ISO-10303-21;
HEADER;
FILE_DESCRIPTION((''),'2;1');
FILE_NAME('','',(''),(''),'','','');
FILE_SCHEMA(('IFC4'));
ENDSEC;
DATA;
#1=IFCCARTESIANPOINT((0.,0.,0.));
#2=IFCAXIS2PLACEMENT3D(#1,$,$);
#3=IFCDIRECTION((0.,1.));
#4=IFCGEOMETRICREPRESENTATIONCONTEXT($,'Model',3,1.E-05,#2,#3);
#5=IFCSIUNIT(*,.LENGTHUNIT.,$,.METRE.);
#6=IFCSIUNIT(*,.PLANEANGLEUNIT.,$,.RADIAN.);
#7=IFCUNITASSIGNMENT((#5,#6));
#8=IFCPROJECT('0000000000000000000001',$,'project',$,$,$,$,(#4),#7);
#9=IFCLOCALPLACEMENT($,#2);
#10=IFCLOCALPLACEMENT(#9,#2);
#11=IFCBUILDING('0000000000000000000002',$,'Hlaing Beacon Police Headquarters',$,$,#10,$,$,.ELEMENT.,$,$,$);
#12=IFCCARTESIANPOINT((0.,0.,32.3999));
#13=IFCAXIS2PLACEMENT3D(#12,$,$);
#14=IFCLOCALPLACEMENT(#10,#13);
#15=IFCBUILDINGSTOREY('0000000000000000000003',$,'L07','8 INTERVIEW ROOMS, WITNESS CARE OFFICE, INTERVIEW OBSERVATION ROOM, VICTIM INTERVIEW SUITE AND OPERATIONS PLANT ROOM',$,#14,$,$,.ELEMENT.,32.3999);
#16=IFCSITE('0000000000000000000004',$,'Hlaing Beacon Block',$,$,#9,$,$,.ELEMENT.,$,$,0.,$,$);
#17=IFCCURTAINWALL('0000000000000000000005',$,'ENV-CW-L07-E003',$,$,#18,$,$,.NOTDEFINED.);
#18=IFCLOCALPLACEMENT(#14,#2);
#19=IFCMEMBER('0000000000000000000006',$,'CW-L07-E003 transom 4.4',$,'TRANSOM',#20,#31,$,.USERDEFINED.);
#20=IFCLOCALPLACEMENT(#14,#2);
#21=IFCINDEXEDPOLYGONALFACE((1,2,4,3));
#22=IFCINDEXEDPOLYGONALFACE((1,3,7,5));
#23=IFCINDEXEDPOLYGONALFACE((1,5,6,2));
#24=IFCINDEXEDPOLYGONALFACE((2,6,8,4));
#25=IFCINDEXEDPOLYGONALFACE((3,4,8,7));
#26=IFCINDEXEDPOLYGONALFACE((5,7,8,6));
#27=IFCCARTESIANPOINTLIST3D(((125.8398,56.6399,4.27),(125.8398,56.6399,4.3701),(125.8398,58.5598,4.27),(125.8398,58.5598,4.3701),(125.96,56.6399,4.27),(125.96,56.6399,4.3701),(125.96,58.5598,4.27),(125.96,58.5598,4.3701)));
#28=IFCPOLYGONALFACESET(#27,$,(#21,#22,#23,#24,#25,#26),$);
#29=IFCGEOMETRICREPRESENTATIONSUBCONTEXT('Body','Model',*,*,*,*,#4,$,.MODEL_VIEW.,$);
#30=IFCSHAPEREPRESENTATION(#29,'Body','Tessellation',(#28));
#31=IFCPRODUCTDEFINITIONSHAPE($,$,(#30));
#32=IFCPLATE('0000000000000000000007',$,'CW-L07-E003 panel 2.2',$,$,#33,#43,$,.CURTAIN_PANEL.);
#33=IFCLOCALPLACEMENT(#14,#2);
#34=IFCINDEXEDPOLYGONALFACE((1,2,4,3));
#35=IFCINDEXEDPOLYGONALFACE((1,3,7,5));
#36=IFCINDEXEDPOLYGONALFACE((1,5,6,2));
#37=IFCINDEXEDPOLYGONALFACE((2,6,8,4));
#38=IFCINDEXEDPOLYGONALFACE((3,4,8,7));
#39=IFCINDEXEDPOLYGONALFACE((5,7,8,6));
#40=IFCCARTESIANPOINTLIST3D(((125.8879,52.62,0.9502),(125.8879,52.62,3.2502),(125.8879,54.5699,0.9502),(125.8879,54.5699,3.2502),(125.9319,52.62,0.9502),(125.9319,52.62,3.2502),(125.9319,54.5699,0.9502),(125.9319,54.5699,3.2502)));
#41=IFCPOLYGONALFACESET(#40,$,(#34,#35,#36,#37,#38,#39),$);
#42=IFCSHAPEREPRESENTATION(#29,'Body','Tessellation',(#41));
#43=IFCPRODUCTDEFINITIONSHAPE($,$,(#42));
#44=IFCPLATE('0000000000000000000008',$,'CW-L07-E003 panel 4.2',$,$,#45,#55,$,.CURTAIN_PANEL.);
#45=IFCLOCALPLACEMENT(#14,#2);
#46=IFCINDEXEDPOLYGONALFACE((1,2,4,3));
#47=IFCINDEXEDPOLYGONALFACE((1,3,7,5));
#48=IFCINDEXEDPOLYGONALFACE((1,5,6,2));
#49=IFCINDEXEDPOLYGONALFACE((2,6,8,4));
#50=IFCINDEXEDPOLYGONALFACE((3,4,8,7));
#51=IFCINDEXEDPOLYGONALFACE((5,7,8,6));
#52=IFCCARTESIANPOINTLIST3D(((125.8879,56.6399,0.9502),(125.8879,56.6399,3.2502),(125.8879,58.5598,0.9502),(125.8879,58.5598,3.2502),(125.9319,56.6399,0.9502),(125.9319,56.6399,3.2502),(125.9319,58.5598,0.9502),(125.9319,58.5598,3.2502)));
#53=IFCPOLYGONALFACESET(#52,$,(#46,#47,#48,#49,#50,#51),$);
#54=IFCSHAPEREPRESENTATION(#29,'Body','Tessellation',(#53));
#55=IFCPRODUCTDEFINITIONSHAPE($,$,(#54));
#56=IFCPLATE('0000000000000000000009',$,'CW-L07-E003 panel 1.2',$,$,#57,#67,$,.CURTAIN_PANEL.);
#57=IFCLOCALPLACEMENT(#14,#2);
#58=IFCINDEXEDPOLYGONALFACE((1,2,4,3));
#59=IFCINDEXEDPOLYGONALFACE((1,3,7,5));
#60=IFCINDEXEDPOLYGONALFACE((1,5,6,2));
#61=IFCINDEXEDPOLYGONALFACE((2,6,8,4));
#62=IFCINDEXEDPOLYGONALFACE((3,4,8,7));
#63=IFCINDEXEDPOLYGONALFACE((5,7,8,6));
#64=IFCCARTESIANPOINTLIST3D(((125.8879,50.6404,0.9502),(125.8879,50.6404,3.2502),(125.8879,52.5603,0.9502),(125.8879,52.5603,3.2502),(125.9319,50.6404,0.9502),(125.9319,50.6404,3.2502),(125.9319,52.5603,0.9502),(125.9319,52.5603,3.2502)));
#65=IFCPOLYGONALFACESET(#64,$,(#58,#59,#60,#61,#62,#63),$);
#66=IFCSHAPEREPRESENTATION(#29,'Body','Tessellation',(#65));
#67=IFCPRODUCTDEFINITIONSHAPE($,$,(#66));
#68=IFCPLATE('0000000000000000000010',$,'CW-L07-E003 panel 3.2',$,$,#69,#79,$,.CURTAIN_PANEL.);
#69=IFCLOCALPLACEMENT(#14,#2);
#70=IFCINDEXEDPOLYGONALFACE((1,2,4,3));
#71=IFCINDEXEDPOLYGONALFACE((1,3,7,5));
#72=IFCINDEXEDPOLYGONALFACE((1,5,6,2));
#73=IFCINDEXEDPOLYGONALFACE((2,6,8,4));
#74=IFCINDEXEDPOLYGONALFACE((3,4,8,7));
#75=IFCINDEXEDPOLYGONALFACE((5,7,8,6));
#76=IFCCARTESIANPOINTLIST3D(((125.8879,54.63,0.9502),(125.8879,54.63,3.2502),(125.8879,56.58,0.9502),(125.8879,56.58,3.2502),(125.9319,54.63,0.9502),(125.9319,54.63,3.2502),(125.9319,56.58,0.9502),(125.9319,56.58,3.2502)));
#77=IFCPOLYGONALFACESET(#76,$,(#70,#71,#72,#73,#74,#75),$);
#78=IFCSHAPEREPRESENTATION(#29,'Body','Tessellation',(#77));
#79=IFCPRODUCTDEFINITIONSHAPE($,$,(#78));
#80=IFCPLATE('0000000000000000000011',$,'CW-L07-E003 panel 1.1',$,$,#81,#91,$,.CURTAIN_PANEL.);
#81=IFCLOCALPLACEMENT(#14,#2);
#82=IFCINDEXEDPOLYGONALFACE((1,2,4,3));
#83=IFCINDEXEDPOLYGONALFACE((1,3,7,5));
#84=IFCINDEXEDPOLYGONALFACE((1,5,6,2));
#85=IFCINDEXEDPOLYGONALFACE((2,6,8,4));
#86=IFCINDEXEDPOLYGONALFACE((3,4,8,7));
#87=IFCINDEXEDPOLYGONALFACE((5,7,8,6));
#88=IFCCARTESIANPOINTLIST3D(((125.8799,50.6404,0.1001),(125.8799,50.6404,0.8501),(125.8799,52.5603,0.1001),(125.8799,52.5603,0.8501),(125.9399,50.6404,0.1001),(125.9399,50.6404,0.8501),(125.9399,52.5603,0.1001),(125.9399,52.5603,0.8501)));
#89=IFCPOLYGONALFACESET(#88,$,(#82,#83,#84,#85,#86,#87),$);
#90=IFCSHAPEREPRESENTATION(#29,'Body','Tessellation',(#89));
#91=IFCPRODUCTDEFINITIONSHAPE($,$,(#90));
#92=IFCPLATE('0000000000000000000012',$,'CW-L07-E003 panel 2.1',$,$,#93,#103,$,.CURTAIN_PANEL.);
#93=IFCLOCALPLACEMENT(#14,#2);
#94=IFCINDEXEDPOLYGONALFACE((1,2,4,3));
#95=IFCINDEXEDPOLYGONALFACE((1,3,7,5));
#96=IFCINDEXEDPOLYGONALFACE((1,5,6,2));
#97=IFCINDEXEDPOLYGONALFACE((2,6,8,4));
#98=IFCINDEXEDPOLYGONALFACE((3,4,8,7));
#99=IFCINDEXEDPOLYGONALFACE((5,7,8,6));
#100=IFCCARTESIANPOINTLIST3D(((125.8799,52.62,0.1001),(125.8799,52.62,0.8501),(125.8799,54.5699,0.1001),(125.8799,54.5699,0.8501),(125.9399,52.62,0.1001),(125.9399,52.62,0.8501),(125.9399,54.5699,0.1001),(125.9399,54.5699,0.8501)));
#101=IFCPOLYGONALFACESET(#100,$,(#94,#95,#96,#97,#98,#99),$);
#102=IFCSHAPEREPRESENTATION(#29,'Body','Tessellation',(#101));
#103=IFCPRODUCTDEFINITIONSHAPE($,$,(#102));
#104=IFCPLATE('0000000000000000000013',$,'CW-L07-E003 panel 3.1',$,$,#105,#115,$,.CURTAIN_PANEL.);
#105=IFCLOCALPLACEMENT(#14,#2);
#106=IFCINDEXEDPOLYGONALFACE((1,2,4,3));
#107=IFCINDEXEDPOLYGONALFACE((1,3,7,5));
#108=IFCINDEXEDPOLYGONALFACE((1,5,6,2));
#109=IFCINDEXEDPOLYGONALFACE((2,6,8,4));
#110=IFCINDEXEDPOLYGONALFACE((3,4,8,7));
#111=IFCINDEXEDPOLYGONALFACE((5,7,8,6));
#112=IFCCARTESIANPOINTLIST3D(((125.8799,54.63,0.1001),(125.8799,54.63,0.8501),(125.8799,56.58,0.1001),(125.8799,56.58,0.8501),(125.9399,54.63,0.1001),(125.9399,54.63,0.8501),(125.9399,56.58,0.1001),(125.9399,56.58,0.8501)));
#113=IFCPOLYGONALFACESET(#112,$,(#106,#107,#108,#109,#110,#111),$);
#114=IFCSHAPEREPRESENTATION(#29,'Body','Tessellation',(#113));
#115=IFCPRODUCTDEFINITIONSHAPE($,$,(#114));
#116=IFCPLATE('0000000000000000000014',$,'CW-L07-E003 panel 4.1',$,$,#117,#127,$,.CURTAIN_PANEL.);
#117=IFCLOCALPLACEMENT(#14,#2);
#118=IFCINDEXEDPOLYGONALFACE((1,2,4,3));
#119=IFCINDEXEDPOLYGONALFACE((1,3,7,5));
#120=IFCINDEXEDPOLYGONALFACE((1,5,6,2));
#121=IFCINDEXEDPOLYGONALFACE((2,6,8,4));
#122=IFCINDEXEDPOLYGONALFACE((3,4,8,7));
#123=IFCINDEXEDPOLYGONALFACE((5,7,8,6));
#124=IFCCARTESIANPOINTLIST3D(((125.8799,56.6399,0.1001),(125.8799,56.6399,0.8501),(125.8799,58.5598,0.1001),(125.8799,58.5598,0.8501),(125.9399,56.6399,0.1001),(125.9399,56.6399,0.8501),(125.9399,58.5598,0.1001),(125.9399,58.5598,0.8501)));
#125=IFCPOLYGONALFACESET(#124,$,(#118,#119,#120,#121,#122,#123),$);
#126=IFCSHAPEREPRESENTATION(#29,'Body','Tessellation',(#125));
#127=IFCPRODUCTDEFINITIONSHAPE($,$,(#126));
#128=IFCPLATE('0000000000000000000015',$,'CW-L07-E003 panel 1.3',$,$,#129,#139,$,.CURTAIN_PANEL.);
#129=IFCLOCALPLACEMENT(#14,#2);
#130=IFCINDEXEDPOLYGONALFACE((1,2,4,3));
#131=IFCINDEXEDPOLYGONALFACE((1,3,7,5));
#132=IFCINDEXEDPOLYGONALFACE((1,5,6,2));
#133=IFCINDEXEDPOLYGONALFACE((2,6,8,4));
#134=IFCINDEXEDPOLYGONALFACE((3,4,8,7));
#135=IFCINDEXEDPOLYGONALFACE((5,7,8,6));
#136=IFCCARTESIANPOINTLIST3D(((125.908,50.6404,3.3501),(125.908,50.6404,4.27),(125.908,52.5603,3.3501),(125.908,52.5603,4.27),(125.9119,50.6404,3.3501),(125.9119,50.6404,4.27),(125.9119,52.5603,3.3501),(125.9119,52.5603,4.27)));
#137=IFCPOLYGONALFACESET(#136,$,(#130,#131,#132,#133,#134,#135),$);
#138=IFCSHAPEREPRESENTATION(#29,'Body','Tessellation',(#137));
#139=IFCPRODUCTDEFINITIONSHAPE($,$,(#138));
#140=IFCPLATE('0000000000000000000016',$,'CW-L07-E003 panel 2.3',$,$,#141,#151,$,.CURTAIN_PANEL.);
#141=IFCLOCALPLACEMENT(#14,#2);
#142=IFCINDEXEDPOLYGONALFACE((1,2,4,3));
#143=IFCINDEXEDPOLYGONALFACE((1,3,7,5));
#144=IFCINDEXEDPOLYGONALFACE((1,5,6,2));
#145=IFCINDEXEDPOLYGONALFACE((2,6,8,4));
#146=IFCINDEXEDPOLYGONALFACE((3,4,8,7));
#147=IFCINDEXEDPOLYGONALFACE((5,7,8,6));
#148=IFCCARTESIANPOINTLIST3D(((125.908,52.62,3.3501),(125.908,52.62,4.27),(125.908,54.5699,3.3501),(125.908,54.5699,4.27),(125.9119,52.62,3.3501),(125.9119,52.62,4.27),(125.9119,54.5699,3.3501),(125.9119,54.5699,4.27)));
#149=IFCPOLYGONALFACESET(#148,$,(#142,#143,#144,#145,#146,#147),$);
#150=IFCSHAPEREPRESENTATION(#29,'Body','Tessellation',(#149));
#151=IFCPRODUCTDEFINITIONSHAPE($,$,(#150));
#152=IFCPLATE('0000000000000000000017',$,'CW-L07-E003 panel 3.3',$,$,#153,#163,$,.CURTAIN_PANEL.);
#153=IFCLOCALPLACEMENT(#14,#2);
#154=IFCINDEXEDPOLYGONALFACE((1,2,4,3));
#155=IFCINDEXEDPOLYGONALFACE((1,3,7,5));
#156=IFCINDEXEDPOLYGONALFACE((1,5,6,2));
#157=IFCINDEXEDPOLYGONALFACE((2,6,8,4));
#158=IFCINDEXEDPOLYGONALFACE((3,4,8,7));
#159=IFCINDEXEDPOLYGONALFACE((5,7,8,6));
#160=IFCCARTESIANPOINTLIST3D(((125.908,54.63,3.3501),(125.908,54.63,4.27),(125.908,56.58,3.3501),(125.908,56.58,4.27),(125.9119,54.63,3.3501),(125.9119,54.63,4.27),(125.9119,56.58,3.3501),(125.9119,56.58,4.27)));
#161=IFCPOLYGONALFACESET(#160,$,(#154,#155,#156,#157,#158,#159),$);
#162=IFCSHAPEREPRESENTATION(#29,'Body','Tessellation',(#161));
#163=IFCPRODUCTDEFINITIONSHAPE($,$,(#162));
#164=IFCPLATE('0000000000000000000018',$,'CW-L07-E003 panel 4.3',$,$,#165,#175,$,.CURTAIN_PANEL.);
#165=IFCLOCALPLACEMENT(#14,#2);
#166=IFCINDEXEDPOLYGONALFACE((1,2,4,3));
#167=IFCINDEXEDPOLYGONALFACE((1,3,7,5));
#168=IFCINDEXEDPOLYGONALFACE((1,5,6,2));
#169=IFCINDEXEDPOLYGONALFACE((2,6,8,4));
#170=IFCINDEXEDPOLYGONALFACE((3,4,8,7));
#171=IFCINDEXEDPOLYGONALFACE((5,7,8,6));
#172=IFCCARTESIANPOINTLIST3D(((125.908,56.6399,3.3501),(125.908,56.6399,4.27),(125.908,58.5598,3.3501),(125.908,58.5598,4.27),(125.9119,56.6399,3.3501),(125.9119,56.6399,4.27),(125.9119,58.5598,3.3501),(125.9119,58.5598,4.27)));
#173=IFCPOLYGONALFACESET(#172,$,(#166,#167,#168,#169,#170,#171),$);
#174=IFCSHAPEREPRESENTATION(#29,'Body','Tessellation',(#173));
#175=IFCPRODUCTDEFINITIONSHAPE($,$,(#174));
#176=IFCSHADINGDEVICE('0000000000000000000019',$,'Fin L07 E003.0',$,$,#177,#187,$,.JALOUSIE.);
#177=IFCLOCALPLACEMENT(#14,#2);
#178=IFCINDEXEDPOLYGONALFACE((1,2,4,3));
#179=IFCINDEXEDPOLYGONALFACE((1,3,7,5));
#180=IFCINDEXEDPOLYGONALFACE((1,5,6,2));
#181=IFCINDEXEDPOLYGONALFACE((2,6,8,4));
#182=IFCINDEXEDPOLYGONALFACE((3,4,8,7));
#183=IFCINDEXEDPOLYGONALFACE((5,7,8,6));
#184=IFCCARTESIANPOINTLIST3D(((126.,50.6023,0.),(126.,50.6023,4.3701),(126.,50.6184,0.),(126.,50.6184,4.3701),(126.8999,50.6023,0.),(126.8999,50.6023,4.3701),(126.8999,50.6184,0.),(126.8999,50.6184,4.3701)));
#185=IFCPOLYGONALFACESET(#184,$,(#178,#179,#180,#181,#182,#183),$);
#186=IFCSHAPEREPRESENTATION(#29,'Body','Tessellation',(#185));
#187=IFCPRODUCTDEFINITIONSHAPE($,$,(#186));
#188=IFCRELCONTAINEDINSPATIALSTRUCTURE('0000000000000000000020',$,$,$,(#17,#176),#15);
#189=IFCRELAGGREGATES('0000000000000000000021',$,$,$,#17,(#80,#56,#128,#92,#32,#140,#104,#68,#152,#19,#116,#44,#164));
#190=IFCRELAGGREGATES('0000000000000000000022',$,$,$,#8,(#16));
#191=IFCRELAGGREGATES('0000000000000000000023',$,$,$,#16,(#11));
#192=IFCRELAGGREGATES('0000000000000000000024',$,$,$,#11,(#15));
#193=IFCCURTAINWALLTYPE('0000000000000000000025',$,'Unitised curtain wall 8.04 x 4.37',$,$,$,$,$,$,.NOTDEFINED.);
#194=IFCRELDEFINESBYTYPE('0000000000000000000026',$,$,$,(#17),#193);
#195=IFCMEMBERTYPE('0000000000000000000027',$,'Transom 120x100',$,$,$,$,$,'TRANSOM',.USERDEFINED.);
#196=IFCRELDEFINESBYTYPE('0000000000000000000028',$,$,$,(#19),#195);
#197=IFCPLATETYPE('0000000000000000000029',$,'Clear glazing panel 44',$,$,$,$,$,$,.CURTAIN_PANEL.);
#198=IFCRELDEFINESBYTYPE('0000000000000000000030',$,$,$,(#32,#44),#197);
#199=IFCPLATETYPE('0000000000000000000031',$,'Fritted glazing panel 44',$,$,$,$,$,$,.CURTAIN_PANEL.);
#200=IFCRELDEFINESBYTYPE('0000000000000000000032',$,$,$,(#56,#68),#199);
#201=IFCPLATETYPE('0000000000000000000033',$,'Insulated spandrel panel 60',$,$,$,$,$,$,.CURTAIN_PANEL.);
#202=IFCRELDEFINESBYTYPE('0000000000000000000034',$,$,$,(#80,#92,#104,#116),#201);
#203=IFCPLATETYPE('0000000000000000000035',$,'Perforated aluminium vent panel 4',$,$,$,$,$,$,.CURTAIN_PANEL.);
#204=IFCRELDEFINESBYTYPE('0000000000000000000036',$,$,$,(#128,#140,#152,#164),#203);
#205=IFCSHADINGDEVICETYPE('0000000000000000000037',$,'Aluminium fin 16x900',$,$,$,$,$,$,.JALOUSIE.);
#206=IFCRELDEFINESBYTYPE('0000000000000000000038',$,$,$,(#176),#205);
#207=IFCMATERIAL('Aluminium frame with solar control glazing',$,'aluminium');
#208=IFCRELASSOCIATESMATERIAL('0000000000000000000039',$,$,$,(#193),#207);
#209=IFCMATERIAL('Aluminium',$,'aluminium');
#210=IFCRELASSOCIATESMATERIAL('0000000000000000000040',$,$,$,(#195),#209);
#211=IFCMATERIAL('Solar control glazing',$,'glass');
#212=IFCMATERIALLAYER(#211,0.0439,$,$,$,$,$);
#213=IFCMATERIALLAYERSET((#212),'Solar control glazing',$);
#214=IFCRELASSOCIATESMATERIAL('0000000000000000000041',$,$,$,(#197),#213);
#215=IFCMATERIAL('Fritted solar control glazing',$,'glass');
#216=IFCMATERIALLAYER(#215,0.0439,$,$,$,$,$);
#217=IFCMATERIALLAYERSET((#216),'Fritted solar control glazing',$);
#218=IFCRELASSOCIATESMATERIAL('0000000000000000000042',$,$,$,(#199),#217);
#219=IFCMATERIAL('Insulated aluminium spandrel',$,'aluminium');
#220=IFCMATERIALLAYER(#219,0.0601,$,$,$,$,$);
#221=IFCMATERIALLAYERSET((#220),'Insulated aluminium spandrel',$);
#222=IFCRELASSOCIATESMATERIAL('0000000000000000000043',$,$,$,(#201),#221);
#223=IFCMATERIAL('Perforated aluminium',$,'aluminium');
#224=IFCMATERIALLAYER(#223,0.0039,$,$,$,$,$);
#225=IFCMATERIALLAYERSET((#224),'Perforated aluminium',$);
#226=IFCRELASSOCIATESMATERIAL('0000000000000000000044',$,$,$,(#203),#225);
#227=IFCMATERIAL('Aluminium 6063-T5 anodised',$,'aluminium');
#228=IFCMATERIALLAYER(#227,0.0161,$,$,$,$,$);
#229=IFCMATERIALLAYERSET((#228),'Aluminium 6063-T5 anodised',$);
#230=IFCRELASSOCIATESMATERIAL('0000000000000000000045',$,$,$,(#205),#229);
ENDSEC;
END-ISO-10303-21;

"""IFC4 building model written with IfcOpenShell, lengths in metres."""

from ifc_helpers import new_model, si_unit, direction, frame, origin, origin_2d, place, context, subcontext, project, spatial, rectangle, extrude, material, layer, layer_set, material_profile, profile_set, type_object, element, aggregate, save


model = new_model("IFC4")

# Units and contexts
model_context = context("Model", 3, precision=1e-05, world=origin(), true_north=direction((0.0, 1.0)))
body_context = subcontext(model_context, "Body", "Model", "MODEL_VIEW")
ifc_project = project(units=[si_unit("LENGTHUNIT", "METRE"), si_unit("PLANEANGLEUNIT", "RADIAN")], contexts=[model_context])

# Site, building, storey
site_placement = place(None, origin())
site = spatial("IfcSite", under=ifc_project, at=site_placement, Name="Hlaing Beacon Block", CompositionType="ELEMENT", RefElevation=0.0)
building_placement = place(site_placement, origin())
building = spatial("IfcBuilding", under=site, at=building_placement, Name="Hlaing Beacon Police Headquarters", CompositionType="ELEMENT")
storey_placement = place(building_placement, frame((0.0, 0.0, 32.3999)))
storey = spatial("IfcBuildingStorey", under=building, at=storey_placement, Name="L07", Description="8 INTERVIEW ROOMS, WITNESS CARE OFFICE, INTERVIEW OBSERVATION ROOM, VICTIM INTERVIEW SUITE AND OPERATIONS PLANT ROOM", CompositionType="ELEMENT", Elevation=32.3999)

# Curtain wall, member, plates
ifc_material_1 = material(Name="Aluminium frame with solar control glazing", Category="aluminium")
curtain_wall_type = type_object("IfcCurtainWallType", Name="Unitised curtain wall 8.04 x 4.37", PredefinedType="NOTDEFINED", material=ifc_material_1)
curtain_wall_placement = place(storey_placement, origin())
curtain_wall = element("IfcCurtainWall", 1, at=curtain_wall_placement, inside=storey, type_object=curtain_wall_type, Name="ENV-CW-L07-E003", PredefinedType="NOTDEFINED")
ifc_material_2 = material(Name="Aluminium", Category="aluminium")
ifc_material_profile_1 = material_profile(ifc_material_2, rectangle(XDim=0.1201, YDim=0.1001, at=origin_2d()), Name="Transom 120x100")
ifc_profile_set_1 = profile_set([ifc_material_profile_1], Name="Aluminium")
member_type_1 = type_object("IfcMemberType", Name="Transom 120x100", ElementType="TRANSOM", PredefinedType="USERDEFINED", material=ifc_profile_set_1)
member_1_placement = place(storey_placement, frame((125.8999, 56.6399, 4.3201), z_axis=(0.0, 1.0, 0.0), x_axis=(-1.0, 0.0, 0.0)))
member_1 = element("IfcMember", 2, at=member_1_placement, type_object=member_type_1, Name="CW-L07-E003 transom 4.4", ObjectType="TRANSOM", PredefinedType="USERDEFINED", context=body_context, shape_type="SweptSolid", body=[
    extrude(rectangle(XDim=0.1201, YDim=0.1001, at=origin_2d()), origin(), (0.0, 0.0, 1.0), 1.9199),
])
ifc_material_3 = material(Name="Solar control glazing", Category="glass")
ifc_layer_1 = layer(ifc_material_3, 0.0439)
ifc_layer_set_1 = layer_set([ifc_layer_1], Name="Solar control glazing")
plate_type_1 = type_object("IfcPlateType", Name="Clear glazing panel 44", PredefinedType="CURTAIN_PANEL", material=ifc_layer_set_1)
plate_1_placement = place(storey_placement, frame((125.9099, 53.595, 0.9502), z_axis=(0.0, 0.0, 1.0), x_axis=(0.0, 1.0, 0.0)))
plate_1 = element("IfcPlate", 3, at=plate_1_placement, type_object=plate_type_1, Name="CW-L07-E003 panel 2.2", PredefinedType="CURTAIN_PANEL", context=body_context, shape_type="SweptSolid", body=[
    extrude(rectangle(XDim=1.95, YDim=0.0439, at=origin_2d()), origin(), (0.0, 0.0, 1.0), 2.3),
])
plate_2_placement = place(storey_placement, frame((125.9099, 57.5999, 0.9502), z_axis=(0.0, 0.0, 1.0), x_axis=(0.0, 1.0, 0.0)))
plate_2 = element("IfcPlate", 4, at=plate_2_placement, type_object=plate_type_1, Name="CW-L07-E003 panel 4.2", PredefinedType="CURTAIN_PANEL", context=body_context, shape_type="SweptSolid", body=[
    extrude(rectangle(XDim=1.9199, YDim=0.0439, at=origin_2d()), origin(), (0.0, 0.0, 1.0), 2.3),
])
ifc_material_4 = material(Name="Fritted solar control glazing", Category="glass")
ifc_layer_2 = layer(ifc_material_4, 0.0439)
ifc_layer_set_2 = layer_set([ifc_layer_2], Name="Fritted solar control glazing")
plate_type_2 = type_object("IfcPlateType", Name="Fritted glazing panel 44", PredefinedType="CURTAIN_PANEL", material=ifc_layer_set_2)
plate_3_placement = place(storey_placement, frame((125.9099, 51.6003, 0.9502), z_axis=(0.0, 0.0, 1.0), x_axis=(0.0, 1.0, 0.0)))
plate_3 = element("IfcPlate", 5, at=plate_3_placement, type_object=plate_type_2, Name="CW-L07-E003 panel 1.2", PredefinedType="CURTAIN_PANEL", context=body_context, shape_type="SweptSolid", body=[
    extrude(rectangle(XDim=1.9199, YDim=0.0439, at=origin_2d()), origin(), (0.0, 0.0, 1.0), 2.3),
])
plate_4_placement = place(storey_placement, frame((125.9099, 55.605, 0.9502), z_axis=(0.0, 0.0, 1.0), x_axis=(0.0, 1.0, 0.0)))
plate_4 = element("IfcPlate", 6, at=plate_4_placement, type_object=plate_type_2, Name="CW-L07-E003 panel 3.2", PredefinedType="CURTAIN_PANEL", context=body_context, shape_type="SweptSolid", body=[
    extrude(rectangle(XDim=1.95, YDim=0.0439, at=origin_2d()), origin(), (0.0, 0.0, 1.0), 2.3),
])
ifc_material_5 = material(Name="Insulated aluminium spandrel", Category="aluminium")
ifc_layer_3 = layer(ifc_material_5, 0.0601)
ifc_layer_set_3 = layer_set([ifc_layer_3], Name="Insulated aluminium spandrel")
plate_type_3 = type_object("IfcPlateType", Name="Insulated spandrel panel 60", PredefinedType="CURTAIN_PANEL", material=ifc_layer_set_3)
plate_5_placement = place(storey_placement, frame((125.9099, 51.6003, 0.1001), z_axis=(0.0, 0.0, 1.0), x_axis=(0.0, 1.0, 0.0)))
plate_5 = element("IfcPlate", 7, at=plate_5_placement, type_object=plate_type_3, Name="CW-L07-E003 panel 1.1", PredefinedType="CURTAIN_PANEL", context=body_context, shape_type="SweptSolid", body=[
    extrude(rectangle(XDim=1.9199, YDim=0.0601, at=origin_2d()), origin(), (0.0, 0.0, 1.0), 0.75),
])
plate_6_placement = place(storey_placement, frame((125.9099, 53.595, 0.1001), z_axis=(0.0, 0.0, 1.0), x_axis=(0.0, 1.0, 0.0)))
plate_6 = element("IfcPlate", 8, at=plate_6_placement, type_object=plate_type_3, Name="CW-L07-E003 panel 2.1", PredefinedType="CURTAIN_PANEL", context=body_context, shape_type="SweptSolid", body=[
    extrude(rectangle(XDim=1.95, YDim=0.0601, at=origin_2d()), origin(), (0.0, 0.0, 1.0), 0.75),
])
plate_7_placement = place(storey_placement, frame((125.9099, 55.605, 0.1001), z_axis=(0.0, 0.0, 1.0), x_axis=(0.0, 1.0, 0.0)))
plate_7 = element("IfcPlate", 9, at=plate_7_placement, type_object=plate_type_3, Name="CW-L07-E003 panel 3.1", PredefinedType="CURTAIN_PANEL", context=body_context, shape_type="SweptSolid", body=[
    extrude(rectangle(XDim=1.95, YDim=0.0601, at=origin_2d()), origin(), (0.0, 0.0, 1.0), 0.75),
])
plate_8_placement = place(storey_placement, frame((125.9099, 57.5999, 0.1001), z_axis=(0.0, 0.0, 1.0), x_axis=(0.0, 1.0, 0.0)))
plate_8 = element("IfcPlate", 10, at=plate_8_placement, type_object=plate_type_3, Name="CW-L07-E003 panel 4.1", PredefinedType="CURTAIN_PANEL", context=body_context, shape_type="SweptSolid", body=[
    extrude(rectangle(XDim=1.9199, YDim=0.0601, at=origin_2d()), origin(), (0.0, 0.0, 1.0), 0.75),
])
ifc_material_6 = material(Name="Perforated aluminium", Category="aluminium")
ifc_layer_4 = layer(ifc_material_6, 0.0039)
ifc_layer_set_4 = layer_set([ifc_layer_4], Name="Perforated aluminium")
plate_type_4 = type_object("IfcPlateType", Name="Perforated aluminium vent panel 4", PredefinedType="CURTAIN_PANEL", material=ifc_layer_set_4)
plate_9_placement = place(storey_placement, frame((125.9099, 51.6003, 3.3501), z_axis=(0.0, 0.0, 1.0), x_axis=(0.0, 1.0, 0.0)))
plate_9 = element("IfcPlate", 11, at=plate_9_placement, type_object=plate_type_4, Name="CW-L07-E003 panel 1.3", PredefinedType="CURTAIN_PANEL", context=body_context, shape_type="SweptSolid", body=[
    extrude(rectangle(XDim=1.9199, YDim=0.0039, at=origin_2d()), origin(), (0.0, 0.0, 1.0), 0.9199),
])
plate_10_placement = place(storey_placement, frame((125.9099, 53.595, 3.3501), z_axis=(0.0, 0.0, 1.0), x_axis=(0.0, 1.0, 0.0)))
plate_10 = element("IfcPlate", 12, at=plate_10_placement, type_object=plate_type_4, Name="CW-L07-E003 panel 2.3", PredefinedType="CURTAIN_PANEL", context=body_context, shape_type="SweptSolid", body=[
    extrude(rectangle(XDim=1.95, YDim=0.0039, at=origin_2d()), origin(), (0.0, 0.0, 1.0), 0.9199),
])
plate_11_placement = place(storey_placement, frame((125.9099, 55.605, 3.3501), z_axis=(0.0, 0.0, 1.0), x_axis=(0.0, 1.0, 0.0)))
plate_11 = element("IfcPlate", 13, at=plate_11_placement, type_object=plate_type_4, Name="CW-L07-E003 panel 3.3", PredefinedType="CURTAIN_PANEL", context=body_context, shape_type="SweptSolid", body=[
    extrude(rectangle(XDim=1.95, YDim=0.0039, at=origin_2d()), origin(), (0.0, 0.0, 1.0), 0.9199),
])
plate_12_placement = place(storey_placement, frame((125.9099, 57.5999, 3.3501), z_axis=(0.0, 0.0, 1.0), x_axis=(0.0, 1.0, 0.0)))
plate_12 = element("IfcPlate", 14, at=plate_12_placement, type_object=plate_type_4, Name="CW-L07-E003 panel 4.3", PredefinedType="CURTAIN_PANEL", context=body_context, shape_type="SweptSolid", body=[
    extrude(rectangle(XDim=1.9199, YDim=0.0039, at=origin_2d()), origin(), (0.0, 0.0, 1.0), 0.9199),
])
aggregate(curtain_wall, [plate_5, plate_3, plate_9, plate_6, plate_1, plate_10, plate_7, plate_4, plate_11, member_1, plate_8, plate_2, plate_12])

# Shading device
ifc_material_7 = material(Name="Aluminium 6063-T5 anodised", Category="aluminium")
ifc_layer_5 = layer(ifc_material_7, 0.0161)
ifc_layer_set_5 = layer_set([ifc_layer_5], Name="Aluminium 6063-T5 anodised")
shading_device_type = type_object("IfcShadingDeviceType", Name="Aluminium fin 16x900", PredefinedType="JALOUSIE", material=ifc_layer_set_5)
for number, where, z_axis, x_axis, name in (
    (15, (126.45, 50.6104, 0.0), (0.0, 0.0, 1.0), (0.0, 1.0, 0.0), "Fin L07 E003.0"),
):
    element("IfcShadingDevice", number, at=place(storey_placement, frame(where, z_axis=z_axis, x_axis=x_axis)), inside=storey, type_object=shading_device_type, Name=name, PredefinedType="JALOUSIE", context=body_context, shape_type="SweptSolid", body=[
        extrude(rectangle(XDim=0.0161, YDim=0.8999, at=origin_2d()), origin(), (0.0, 0.0, 1.0), 4.3701),
    ])

save(model, "model.ifc")
